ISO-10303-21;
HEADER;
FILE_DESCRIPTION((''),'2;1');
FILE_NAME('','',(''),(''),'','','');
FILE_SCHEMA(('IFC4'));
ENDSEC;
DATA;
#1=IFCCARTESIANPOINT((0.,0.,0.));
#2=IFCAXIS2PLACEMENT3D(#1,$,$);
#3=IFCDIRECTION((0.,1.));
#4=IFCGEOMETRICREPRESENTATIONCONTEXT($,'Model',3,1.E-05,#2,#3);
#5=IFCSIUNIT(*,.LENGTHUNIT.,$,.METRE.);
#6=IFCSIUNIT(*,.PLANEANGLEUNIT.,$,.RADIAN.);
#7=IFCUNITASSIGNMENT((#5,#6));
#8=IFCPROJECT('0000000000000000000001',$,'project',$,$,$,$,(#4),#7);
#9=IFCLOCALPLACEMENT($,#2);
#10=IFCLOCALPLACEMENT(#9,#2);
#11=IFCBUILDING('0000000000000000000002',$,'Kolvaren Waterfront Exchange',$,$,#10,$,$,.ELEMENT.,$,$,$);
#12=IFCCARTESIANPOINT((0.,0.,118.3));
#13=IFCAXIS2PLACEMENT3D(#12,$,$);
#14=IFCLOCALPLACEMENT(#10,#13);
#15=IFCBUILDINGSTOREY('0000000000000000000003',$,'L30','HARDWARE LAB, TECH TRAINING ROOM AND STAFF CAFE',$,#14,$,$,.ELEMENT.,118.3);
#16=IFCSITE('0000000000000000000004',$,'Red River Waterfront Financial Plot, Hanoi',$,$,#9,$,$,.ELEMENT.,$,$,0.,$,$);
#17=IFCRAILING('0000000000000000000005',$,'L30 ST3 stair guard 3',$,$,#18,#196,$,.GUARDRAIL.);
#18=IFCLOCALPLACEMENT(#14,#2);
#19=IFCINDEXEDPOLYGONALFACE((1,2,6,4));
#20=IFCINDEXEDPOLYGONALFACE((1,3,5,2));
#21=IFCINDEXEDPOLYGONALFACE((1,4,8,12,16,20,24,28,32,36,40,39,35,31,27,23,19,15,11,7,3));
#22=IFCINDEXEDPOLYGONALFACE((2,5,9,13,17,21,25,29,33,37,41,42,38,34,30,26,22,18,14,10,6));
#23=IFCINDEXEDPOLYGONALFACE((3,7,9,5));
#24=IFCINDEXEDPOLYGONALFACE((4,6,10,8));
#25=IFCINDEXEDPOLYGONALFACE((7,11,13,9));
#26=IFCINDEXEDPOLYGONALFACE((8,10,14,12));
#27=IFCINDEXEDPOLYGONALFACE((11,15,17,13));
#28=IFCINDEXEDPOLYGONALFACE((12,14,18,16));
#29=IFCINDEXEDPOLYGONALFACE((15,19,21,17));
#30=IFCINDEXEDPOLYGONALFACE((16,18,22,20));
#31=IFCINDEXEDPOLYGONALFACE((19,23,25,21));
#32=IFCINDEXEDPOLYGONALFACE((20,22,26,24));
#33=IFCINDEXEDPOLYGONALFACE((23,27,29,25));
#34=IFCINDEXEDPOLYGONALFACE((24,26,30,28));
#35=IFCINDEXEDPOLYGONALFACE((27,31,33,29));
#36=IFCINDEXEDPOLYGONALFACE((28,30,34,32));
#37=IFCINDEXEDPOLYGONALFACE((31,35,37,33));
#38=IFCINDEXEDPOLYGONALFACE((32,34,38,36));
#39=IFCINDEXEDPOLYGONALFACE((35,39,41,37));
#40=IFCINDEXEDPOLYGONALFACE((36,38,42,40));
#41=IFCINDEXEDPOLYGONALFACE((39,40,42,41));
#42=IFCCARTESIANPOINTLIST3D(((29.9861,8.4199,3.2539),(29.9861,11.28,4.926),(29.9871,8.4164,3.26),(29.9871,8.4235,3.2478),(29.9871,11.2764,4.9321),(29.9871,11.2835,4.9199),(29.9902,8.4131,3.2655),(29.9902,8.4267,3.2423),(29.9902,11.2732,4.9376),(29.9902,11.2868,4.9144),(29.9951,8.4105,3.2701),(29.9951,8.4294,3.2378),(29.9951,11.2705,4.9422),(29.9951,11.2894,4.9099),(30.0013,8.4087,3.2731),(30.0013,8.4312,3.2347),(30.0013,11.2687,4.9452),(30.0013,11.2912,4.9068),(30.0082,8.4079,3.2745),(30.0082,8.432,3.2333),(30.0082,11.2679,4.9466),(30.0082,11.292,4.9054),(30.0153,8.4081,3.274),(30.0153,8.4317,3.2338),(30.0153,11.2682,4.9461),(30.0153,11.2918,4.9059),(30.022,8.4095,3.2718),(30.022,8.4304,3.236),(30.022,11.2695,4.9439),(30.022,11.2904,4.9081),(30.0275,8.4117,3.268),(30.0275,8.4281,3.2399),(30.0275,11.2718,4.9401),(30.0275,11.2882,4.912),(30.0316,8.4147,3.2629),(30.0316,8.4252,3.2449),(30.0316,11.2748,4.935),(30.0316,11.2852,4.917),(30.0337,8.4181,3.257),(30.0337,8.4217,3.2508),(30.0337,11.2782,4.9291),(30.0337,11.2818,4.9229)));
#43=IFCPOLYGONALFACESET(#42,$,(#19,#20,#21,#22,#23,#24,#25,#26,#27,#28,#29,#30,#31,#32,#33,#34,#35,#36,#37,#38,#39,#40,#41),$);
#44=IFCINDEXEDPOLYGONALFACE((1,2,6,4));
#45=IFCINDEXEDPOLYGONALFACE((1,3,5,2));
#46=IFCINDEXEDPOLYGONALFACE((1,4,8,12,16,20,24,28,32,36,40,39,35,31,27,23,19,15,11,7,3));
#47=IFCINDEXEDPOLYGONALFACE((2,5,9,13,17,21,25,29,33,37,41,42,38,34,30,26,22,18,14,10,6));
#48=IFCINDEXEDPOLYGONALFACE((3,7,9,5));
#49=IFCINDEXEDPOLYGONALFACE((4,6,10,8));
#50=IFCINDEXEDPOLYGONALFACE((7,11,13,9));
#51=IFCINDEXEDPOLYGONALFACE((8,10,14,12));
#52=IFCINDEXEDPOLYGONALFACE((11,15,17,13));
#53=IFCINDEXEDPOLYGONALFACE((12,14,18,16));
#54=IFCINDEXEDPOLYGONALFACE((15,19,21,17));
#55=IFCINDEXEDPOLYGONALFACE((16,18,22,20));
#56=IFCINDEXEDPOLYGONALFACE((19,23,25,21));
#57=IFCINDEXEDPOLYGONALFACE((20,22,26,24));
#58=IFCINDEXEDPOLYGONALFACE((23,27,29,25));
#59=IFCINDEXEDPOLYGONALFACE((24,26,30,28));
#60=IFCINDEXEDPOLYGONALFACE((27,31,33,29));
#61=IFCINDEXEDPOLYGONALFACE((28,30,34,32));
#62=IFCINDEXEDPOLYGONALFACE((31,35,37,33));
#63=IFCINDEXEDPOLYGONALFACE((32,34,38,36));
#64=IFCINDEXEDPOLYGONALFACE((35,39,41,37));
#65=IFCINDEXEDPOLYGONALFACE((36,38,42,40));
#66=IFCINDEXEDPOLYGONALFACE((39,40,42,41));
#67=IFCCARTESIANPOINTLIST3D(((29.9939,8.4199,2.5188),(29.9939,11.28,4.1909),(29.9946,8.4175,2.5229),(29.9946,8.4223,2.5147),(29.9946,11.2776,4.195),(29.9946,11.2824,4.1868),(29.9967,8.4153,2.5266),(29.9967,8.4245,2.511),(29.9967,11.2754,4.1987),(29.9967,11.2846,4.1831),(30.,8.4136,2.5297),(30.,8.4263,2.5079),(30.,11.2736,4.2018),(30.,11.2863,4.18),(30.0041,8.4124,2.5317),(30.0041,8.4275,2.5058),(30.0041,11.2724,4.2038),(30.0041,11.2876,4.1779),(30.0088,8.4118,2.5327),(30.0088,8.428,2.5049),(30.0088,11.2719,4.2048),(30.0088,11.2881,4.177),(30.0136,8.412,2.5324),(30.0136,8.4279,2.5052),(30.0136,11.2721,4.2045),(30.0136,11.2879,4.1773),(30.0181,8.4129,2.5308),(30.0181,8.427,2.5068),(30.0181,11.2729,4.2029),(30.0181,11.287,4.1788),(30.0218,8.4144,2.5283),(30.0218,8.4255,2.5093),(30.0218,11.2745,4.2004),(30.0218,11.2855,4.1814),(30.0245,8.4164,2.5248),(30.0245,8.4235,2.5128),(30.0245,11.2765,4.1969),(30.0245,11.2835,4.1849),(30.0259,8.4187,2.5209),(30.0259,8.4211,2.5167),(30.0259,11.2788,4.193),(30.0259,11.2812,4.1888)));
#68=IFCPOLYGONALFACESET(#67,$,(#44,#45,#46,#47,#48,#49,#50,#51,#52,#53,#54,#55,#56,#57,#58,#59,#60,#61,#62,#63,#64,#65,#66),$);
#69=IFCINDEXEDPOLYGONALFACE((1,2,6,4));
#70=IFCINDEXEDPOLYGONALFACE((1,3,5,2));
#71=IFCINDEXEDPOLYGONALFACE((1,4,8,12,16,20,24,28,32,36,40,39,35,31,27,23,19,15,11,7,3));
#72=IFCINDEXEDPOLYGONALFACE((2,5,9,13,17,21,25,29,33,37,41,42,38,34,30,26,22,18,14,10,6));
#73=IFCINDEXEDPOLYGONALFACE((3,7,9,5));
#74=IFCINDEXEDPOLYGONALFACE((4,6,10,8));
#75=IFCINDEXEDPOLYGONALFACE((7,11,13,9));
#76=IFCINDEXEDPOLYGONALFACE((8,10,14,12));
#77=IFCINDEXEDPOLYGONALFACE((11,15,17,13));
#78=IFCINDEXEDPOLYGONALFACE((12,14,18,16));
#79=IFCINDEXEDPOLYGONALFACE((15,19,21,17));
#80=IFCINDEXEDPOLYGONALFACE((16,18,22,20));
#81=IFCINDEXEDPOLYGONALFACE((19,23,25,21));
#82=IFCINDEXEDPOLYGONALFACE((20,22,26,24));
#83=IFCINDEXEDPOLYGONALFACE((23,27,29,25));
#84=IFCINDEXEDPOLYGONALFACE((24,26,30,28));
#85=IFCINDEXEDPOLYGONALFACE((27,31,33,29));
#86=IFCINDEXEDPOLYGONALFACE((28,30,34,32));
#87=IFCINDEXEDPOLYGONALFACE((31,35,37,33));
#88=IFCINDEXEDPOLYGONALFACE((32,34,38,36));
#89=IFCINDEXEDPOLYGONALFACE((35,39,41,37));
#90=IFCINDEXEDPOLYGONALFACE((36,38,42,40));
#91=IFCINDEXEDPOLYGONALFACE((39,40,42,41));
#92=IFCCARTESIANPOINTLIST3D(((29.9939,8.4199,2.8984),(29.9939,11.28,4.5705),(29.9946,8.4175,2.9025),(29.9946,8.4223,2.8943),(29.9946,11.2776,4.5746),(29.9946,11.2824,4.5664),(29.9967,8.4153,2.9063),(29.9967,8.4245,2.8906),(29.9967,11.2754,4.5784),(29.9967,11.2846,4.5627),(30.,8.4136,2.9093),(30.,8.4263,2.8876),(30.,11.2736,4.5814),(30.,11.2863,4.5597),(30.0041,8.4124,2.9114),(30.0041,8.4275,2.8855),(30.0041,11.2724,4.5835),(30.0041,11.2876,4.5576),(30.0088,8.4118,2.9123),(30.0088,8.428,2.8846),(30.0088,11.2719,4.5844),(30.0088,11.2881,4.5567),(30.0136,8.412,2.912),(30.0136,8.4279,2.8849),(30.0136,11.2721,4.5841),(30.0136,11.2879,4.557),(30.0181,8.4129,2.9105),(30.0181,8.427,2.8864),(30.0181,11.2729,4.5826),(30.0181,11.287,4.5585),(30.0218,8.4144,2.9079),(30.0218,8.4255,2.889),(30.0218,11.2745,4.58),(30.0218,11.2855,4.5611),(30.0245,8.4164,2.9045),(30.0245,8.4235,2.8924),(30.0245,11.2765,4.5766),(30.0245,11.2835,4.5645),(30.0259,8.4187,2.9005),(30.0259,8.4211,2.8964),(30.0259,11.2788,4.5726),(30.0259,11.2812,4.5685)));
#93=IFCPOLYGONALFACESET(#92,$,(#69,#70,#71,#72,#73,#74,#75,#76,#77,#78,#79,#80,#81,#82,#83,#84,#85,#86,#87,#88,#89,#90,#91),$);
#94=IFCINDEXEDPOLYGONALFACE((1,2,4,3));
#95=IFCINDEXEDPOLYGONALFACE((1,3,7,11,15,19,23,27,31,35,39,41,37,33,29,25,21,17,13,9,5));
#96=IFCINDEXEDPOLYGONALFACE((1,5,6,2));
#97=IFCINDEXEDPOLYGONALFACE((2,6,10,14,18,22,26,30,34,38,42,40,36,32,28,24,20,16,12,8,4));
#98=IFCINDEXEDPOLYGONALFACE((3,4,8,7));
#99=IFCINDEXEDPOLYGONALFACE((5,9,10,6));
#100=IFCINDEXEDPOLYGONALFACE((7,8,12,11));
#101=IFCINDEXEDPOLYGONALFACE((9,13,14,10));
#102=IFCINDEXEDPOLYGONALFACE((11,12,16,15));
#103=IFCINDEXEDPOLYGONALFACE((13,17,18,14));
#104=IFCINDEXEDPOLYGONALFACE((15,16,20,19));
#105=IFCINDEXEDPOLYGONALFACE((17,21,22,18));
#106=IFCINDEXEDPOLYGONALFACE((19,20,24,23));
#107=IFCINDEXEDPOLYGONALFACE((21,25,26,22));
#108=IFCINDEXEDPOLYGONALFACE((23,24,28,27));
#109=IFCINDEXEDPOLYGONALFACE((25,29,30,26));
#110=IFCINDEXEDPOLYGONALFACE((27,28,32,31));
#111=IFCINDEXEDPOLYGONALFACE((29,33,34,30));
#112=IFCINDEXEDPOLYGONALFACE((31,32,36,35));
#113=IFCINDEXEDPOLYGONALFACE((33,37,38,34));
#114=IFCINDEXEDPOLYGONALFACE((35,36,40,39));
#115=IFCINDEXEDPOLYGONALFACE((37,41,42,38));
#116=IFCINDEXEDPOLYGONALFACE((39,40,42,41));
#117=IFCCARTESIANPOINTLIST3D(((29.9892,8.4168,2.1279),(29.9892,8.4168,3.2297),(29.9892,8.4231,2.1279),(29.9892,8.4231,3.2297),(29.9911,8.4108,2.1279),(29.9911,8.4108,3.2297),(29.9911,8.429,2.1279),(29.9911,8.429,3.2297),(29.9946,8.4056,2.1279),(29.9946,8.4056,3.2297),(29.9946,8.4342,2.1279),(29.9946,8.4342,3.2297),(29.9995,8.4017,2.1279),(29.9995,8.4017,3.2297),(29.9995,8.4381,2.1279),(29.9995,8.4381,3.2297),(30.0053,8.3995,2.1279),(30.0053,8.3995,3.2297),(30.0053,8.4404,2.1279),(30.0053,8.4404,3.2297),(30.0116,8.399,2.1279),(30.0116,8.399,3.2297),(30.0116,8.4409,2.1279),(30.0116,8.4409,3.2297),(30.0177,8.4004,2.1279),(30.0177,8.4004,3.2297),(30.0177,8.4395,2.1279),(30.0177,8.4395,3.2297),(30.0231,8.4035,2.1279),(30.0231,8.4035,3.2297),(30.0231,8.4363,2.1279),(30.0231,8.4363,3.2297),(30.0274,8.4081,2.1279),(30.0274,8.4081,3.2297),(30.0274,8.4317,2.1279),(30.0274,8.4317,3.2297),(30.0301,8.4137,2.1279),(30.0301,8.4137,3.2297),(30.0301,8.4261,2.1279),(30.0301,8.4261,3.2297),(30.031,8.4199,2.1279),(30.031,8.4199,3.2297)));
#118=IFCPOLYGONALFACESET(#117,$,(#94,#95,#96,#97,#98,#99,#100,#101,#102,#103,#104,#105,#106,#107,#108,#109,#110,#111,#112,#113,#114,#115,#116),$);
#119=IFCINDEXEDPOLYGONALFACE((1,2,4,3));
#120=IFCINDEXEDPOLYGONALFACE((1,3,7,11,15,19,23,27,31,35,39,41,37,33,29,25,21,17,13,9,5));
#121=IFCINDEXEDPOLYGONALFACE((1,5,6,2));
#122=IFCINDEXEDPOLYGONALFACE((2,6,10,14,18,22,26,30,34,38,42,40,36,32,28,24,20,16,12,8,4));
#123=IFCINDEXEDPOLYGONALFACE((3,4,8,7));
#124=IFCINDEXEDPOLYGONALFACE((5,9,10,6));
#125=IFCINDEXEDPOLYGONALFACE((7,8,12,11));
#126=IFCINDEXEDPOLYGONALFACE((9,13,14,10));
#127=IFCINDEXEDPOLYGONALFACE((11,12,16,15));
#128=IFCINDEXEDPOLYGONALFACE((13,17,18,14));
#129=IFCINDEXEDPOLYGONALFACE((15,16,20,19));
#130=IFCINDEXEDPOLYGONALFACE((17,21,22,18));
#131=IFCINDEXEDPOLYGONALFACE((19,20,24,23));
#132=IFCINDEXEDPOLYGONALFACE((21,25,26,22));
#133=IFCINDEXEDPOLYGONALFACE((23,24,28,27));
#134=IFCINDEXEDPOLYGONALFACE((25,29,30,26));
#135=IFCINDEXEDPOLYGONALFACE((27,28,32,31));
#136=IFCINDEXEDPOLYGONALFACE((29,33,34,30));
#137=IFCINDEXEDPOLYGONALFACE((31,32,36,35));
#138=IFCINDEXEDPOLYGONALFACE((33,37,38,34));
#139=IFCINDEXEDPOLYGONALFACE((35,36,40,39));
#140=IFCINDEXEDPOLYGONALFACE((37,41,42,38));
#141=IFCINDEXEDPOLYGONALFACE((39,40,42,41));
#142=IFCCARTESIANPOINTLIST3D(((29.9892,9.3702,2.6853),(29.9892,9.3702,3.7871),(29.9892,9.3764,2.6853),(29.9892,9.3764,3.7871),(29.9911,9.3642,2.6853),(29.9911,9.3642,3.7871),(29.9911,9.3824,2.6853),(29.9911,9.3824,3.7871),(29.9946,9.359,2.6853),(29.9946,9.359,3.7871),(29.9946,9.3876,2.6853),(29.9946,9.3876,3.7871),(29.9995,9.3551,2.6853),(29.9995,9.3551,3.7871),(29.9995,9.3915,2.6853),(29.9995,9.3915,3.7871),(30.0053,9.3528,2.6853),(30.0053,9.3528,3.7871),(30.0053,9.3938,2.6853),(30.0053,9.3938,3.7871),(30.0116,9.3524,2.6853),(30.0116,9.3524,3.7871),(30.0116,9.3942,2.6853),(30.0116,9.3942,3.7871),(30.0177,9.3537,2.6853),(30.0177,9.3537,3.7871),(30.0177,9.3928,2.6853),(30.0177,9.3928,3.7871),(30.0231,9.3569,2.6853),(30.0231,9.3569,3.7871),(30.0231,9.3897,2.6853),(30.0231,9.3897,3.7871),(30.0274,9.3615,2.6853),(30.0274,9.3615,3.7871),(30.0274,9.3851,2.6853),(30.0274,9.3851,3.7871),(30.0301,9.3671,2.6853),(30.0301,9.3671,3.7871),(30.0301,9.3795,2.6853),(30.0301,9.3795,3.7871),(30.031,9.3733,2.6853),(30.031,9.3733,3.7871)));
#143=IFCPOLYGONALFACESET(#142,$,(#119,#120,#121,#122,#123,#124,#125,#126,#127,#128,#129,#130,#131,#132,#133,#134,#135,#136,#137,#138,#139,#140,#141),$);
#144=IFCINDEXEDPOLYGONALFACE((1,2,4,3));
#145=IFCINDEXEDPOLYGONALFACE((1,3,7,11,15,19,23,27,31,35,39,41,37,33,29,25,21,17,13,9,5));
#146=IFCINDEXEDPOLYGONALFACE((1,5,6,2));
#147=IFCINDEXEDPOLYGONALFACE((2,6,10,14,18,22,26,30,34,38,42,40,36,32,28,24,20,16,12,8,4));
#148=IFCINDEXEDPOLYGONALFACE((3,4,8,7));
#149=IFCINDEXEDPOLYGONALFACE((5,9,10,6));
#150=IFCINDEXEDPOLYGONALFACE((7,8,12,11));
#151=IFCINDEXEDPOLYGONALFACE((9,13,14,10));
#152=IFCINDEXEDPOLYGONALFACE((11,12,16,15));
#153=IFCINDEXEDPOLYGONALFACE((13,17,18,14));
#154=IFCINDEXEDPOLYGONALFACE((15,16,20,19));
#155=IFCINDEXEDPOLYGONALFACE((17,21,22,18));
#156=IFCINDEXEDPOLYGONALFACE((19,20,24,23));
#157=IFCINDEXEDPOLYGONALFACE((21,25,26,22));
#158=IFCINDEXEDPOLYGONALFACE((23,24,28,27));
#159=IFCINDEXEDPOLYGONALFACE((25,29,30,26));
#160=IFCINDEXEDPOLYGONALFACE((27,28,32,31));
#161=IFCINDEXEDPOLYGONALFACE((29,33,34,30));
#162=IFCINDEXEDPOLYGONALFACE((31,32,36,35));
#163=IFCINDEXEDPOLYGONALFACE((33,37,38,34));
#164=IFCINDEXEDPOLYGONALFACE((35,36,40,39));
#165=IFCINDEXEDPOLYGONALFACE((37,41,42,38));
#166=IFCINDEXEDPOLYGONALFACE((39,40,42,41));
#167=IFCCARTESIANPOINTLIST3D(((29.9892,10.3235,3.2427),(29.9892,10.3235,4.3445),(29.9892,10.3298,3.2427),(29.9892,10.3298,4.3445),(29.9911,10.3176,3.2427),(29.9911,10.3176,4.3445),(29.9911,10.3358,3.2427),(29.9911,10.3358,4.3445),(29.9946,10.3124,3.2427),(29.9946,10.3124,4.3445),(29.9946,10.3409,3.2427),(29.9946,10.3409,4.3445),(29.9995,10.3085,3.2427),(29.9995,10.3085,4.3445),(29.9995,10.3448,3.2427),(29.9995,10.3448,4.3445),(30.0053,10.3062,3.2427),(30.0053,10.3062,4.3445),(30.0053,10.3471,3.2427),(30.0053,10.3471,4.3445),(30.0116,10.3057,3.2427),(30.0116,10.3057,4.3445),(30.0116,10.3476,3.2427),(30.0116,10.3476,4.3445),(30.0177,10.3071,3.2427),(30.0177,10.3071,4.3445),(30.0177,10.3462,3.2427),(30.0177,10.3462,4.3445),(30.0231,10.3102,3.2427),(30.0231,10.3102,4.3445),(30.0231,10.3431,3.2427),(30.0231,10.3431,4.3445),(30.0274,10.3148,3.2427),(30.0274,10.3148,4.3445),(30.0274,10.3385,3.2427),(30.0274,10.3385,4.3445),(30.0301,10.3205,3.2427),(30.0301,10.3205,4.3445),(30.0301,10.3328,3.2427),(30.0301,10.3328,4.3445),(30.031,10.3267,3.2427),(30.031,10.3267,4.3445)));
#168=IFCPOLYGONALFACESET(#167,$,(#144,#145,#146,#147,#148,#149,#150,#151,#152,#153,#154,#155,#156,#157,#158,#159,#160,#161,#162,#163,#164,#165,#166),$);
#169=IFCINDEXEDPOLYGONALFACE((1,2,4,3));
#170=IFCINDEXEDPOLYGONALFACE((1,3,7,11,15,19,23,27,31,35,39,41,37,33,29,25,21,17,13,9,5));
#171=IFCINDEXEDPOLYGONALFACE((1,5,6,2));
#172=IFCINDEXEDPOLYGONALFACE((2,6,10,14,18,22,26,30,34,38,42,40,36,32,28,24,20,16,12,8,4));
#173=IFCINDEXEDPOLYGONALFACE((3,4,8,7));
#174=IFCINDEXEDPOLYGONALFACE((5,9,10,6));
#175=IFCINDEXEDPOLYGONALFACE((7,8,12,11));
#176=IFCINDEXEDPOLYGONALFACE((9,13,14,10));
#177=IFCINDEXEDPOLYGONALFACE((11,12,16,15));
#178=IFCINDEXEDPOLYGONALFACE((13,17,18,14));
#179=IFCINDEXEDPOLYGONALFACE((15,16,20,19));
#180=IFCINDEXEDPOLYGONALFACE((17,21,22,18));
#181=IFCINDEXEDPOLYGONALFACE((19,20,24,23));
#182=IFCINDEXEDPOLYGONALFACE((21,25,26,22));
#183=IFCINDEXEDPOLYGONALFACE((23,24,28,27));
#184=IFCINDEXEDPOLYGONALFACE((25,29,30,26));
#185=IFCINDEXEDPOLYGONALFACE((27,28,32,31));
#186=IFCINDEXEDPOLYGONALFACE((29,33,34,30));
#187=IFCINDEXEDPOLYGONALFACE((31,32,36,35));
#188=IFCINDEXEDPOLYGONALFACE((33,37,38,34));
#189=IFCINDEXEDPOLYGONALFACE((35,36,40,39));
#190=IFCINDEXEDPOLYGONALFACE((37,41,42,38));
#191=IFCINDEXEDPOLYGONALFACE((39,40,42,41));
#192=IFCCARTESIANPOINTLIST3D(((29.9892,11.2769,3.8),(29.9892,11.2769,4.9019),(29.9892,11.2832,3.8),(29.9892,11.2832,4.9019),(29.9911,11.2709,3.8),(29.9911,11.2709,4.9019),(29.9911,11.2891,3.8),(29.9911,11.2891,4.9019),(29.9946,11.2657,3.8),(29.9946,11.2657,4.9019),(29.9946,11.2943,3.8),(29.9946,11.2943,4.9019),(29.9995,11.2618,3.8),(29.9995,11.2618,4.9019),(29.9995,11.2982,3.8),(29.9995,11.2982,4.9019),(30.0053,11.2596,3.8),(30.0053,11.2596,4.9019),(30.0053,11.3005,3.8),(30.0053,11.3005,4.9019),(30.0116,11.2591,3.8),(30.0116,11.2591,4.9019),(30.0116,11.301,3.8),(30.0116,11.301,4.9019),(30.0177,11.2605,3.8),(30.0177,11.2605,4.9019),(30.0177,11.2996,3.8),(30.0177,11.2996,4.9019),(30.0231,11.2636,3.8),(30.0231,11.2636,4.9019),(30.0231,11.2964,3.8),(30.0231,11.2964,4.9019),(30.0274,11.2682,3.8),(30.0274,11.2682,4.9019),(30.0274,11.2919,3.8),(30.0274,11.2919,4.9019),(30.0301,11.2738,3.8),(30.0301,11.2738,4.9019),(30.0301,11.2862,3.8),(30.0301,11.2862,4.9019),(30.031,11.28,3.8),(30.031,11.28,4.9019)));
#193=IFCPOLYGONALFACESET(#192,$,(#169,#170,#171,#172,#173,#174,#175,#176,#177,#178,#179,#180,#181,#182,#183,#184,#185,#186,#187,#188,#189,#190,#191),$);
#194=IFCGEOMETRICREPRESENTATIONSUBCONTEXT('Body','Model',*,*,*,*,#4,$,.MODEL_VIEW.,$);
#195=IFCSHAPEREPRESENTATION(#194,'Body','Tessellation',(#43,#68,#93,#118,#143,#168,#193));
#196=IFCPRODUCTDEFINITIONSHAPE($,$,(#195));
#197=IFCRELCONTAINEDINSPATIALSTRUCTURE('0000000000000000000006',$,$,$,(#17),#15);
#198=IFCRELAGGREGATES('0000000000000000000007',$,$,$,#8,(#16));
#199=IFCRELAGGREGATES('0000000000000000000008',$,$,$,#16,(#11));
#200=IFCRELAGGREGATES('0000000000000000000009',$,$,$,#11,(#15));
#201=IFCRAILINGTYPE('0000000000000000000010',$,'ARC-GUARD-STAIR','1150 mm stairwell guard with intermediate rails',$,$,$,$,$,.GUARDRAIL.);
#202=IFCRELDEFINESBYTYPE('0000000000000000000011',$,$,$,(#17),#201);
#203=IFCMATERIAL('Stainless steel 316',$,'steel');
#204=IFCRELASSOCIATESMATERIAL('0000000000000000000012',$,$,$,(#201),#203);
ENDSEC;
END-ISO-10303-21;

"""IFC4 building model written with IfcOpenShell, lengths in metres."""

from ifc_helpers import new_model, si_unit, direction, frame, origin, origin_2d, place, context, subcontext, project, spatial, circle, extrude, material, type_object, element, save


model = new_model("IFC4")

# Units and contexts
model_context = context("Model", 3, precision=1e-05, world=origin(), true_north=direction((0.0, 1.0)))
body_context = subcontext(model_context, "Body", "Model", "MODEL_VIEW")
ifc_project = project(units=[si_unit("LENGTHUNIT", "METRE"), si_unit("PLANEANGLEUNIT", "RADIAN")], contexts=[model_context])

# Site, building, storey
site_placement = place(None, origin())
site = spatial("IfcSite", under=ifc_project, at=site_placement, Name="Red River Waterfront Financial Plot, Hanoi", CompositionType="ELEMENT", RefElevation=0.0)
building_placement = place(site_placement, origin())
building = spatial("IfcBuilding", under=site, at=building_placement, Name="Kolvaren Waterfront Exchange", CompositionType="ELEMENT")
storey_placement = place(building_placement, frame((0.0, 0.0, 118.3)))
storey = spatial("IfcBuildingStorey", under=building, at=storey_placement, Name="L30", Description="HARDWARE LAB, TECH TRAINING ROOM AND STAFF CAFE", CompositionType="ELEMENT", Elevation=118.3)

# Railing
ifc_material_1 = material(Name="Stainless steel 316", Category="steel")
railing_type_1 = type_object("IfcRailingType", Name="ARC-GUARD-STAIR", Description="1150 mm stairwell guard with intermediate rails", PredefinedType="GUARDRAIL", material=ifc_material_1)
railing_1_placement = place(storey_placement, frame((30.01, 8.4199, 2.1279)))
element("IfcRailing", 1, at=railing_1_placement, inside=storey, type_object=railing_type_1, Name="L30 ST3 stair guard 3", PredefinedType="GUARDRAIL", context=body_context, shape_type="SweptSolid", body=[
    extrude(circle(Radius=0.0239, at=origin_2d()), frame((0.0, 0.0, 1.126), z_axis=(0.0, 0.863289, 0.504709), x_axis=(-1.0, 0.0, 0.0)), (0.0, 0.0, 1.0), 3.313),
    extrude(circle(Radius=0.0161, at=origin_2d()), frame((0.0, 0.0, 0.3909), z_axis=(0.0, 0.863289, 0.504709), x_axis=(-1.0, 0.0, 0.0)), (0.0, 0.0, 1.0), 3.313),
    extrude(circle(Radius=0.0161, at=origin_2d()), frame((0.0, 0.0, 0.7705), z_axis=(0.0, 0.863289, 0.504709), x_axis=(-1.0, 0.0, 0.0)), (0.0, 0.0, 1.0), 3.313),
    extrude(circle(Radius=0.021, at=origin_2d()), origin(), (0.0, 0.0, 1.0), 1.1018),
    extrude(circle(Radius=0.021, at=origin_2d()), frame((0.0, 0.9534, 0.5574)), (0.0, 0.0, 1.0), 1.1018),
    extrude(circle(Radius=0.021, at=origin_2d()), frame((0.0, 1.9067, 1.1147)), (0.0, 0.0, 1.0), 1.1018),
    extrude(circle(Radius=0.021, at=origin_2d()), frame((0.0, 2.8601, 1.6721)), (0.0, 0.0, 1.0), 1.1018),
])

save(model, "model.ifc")
